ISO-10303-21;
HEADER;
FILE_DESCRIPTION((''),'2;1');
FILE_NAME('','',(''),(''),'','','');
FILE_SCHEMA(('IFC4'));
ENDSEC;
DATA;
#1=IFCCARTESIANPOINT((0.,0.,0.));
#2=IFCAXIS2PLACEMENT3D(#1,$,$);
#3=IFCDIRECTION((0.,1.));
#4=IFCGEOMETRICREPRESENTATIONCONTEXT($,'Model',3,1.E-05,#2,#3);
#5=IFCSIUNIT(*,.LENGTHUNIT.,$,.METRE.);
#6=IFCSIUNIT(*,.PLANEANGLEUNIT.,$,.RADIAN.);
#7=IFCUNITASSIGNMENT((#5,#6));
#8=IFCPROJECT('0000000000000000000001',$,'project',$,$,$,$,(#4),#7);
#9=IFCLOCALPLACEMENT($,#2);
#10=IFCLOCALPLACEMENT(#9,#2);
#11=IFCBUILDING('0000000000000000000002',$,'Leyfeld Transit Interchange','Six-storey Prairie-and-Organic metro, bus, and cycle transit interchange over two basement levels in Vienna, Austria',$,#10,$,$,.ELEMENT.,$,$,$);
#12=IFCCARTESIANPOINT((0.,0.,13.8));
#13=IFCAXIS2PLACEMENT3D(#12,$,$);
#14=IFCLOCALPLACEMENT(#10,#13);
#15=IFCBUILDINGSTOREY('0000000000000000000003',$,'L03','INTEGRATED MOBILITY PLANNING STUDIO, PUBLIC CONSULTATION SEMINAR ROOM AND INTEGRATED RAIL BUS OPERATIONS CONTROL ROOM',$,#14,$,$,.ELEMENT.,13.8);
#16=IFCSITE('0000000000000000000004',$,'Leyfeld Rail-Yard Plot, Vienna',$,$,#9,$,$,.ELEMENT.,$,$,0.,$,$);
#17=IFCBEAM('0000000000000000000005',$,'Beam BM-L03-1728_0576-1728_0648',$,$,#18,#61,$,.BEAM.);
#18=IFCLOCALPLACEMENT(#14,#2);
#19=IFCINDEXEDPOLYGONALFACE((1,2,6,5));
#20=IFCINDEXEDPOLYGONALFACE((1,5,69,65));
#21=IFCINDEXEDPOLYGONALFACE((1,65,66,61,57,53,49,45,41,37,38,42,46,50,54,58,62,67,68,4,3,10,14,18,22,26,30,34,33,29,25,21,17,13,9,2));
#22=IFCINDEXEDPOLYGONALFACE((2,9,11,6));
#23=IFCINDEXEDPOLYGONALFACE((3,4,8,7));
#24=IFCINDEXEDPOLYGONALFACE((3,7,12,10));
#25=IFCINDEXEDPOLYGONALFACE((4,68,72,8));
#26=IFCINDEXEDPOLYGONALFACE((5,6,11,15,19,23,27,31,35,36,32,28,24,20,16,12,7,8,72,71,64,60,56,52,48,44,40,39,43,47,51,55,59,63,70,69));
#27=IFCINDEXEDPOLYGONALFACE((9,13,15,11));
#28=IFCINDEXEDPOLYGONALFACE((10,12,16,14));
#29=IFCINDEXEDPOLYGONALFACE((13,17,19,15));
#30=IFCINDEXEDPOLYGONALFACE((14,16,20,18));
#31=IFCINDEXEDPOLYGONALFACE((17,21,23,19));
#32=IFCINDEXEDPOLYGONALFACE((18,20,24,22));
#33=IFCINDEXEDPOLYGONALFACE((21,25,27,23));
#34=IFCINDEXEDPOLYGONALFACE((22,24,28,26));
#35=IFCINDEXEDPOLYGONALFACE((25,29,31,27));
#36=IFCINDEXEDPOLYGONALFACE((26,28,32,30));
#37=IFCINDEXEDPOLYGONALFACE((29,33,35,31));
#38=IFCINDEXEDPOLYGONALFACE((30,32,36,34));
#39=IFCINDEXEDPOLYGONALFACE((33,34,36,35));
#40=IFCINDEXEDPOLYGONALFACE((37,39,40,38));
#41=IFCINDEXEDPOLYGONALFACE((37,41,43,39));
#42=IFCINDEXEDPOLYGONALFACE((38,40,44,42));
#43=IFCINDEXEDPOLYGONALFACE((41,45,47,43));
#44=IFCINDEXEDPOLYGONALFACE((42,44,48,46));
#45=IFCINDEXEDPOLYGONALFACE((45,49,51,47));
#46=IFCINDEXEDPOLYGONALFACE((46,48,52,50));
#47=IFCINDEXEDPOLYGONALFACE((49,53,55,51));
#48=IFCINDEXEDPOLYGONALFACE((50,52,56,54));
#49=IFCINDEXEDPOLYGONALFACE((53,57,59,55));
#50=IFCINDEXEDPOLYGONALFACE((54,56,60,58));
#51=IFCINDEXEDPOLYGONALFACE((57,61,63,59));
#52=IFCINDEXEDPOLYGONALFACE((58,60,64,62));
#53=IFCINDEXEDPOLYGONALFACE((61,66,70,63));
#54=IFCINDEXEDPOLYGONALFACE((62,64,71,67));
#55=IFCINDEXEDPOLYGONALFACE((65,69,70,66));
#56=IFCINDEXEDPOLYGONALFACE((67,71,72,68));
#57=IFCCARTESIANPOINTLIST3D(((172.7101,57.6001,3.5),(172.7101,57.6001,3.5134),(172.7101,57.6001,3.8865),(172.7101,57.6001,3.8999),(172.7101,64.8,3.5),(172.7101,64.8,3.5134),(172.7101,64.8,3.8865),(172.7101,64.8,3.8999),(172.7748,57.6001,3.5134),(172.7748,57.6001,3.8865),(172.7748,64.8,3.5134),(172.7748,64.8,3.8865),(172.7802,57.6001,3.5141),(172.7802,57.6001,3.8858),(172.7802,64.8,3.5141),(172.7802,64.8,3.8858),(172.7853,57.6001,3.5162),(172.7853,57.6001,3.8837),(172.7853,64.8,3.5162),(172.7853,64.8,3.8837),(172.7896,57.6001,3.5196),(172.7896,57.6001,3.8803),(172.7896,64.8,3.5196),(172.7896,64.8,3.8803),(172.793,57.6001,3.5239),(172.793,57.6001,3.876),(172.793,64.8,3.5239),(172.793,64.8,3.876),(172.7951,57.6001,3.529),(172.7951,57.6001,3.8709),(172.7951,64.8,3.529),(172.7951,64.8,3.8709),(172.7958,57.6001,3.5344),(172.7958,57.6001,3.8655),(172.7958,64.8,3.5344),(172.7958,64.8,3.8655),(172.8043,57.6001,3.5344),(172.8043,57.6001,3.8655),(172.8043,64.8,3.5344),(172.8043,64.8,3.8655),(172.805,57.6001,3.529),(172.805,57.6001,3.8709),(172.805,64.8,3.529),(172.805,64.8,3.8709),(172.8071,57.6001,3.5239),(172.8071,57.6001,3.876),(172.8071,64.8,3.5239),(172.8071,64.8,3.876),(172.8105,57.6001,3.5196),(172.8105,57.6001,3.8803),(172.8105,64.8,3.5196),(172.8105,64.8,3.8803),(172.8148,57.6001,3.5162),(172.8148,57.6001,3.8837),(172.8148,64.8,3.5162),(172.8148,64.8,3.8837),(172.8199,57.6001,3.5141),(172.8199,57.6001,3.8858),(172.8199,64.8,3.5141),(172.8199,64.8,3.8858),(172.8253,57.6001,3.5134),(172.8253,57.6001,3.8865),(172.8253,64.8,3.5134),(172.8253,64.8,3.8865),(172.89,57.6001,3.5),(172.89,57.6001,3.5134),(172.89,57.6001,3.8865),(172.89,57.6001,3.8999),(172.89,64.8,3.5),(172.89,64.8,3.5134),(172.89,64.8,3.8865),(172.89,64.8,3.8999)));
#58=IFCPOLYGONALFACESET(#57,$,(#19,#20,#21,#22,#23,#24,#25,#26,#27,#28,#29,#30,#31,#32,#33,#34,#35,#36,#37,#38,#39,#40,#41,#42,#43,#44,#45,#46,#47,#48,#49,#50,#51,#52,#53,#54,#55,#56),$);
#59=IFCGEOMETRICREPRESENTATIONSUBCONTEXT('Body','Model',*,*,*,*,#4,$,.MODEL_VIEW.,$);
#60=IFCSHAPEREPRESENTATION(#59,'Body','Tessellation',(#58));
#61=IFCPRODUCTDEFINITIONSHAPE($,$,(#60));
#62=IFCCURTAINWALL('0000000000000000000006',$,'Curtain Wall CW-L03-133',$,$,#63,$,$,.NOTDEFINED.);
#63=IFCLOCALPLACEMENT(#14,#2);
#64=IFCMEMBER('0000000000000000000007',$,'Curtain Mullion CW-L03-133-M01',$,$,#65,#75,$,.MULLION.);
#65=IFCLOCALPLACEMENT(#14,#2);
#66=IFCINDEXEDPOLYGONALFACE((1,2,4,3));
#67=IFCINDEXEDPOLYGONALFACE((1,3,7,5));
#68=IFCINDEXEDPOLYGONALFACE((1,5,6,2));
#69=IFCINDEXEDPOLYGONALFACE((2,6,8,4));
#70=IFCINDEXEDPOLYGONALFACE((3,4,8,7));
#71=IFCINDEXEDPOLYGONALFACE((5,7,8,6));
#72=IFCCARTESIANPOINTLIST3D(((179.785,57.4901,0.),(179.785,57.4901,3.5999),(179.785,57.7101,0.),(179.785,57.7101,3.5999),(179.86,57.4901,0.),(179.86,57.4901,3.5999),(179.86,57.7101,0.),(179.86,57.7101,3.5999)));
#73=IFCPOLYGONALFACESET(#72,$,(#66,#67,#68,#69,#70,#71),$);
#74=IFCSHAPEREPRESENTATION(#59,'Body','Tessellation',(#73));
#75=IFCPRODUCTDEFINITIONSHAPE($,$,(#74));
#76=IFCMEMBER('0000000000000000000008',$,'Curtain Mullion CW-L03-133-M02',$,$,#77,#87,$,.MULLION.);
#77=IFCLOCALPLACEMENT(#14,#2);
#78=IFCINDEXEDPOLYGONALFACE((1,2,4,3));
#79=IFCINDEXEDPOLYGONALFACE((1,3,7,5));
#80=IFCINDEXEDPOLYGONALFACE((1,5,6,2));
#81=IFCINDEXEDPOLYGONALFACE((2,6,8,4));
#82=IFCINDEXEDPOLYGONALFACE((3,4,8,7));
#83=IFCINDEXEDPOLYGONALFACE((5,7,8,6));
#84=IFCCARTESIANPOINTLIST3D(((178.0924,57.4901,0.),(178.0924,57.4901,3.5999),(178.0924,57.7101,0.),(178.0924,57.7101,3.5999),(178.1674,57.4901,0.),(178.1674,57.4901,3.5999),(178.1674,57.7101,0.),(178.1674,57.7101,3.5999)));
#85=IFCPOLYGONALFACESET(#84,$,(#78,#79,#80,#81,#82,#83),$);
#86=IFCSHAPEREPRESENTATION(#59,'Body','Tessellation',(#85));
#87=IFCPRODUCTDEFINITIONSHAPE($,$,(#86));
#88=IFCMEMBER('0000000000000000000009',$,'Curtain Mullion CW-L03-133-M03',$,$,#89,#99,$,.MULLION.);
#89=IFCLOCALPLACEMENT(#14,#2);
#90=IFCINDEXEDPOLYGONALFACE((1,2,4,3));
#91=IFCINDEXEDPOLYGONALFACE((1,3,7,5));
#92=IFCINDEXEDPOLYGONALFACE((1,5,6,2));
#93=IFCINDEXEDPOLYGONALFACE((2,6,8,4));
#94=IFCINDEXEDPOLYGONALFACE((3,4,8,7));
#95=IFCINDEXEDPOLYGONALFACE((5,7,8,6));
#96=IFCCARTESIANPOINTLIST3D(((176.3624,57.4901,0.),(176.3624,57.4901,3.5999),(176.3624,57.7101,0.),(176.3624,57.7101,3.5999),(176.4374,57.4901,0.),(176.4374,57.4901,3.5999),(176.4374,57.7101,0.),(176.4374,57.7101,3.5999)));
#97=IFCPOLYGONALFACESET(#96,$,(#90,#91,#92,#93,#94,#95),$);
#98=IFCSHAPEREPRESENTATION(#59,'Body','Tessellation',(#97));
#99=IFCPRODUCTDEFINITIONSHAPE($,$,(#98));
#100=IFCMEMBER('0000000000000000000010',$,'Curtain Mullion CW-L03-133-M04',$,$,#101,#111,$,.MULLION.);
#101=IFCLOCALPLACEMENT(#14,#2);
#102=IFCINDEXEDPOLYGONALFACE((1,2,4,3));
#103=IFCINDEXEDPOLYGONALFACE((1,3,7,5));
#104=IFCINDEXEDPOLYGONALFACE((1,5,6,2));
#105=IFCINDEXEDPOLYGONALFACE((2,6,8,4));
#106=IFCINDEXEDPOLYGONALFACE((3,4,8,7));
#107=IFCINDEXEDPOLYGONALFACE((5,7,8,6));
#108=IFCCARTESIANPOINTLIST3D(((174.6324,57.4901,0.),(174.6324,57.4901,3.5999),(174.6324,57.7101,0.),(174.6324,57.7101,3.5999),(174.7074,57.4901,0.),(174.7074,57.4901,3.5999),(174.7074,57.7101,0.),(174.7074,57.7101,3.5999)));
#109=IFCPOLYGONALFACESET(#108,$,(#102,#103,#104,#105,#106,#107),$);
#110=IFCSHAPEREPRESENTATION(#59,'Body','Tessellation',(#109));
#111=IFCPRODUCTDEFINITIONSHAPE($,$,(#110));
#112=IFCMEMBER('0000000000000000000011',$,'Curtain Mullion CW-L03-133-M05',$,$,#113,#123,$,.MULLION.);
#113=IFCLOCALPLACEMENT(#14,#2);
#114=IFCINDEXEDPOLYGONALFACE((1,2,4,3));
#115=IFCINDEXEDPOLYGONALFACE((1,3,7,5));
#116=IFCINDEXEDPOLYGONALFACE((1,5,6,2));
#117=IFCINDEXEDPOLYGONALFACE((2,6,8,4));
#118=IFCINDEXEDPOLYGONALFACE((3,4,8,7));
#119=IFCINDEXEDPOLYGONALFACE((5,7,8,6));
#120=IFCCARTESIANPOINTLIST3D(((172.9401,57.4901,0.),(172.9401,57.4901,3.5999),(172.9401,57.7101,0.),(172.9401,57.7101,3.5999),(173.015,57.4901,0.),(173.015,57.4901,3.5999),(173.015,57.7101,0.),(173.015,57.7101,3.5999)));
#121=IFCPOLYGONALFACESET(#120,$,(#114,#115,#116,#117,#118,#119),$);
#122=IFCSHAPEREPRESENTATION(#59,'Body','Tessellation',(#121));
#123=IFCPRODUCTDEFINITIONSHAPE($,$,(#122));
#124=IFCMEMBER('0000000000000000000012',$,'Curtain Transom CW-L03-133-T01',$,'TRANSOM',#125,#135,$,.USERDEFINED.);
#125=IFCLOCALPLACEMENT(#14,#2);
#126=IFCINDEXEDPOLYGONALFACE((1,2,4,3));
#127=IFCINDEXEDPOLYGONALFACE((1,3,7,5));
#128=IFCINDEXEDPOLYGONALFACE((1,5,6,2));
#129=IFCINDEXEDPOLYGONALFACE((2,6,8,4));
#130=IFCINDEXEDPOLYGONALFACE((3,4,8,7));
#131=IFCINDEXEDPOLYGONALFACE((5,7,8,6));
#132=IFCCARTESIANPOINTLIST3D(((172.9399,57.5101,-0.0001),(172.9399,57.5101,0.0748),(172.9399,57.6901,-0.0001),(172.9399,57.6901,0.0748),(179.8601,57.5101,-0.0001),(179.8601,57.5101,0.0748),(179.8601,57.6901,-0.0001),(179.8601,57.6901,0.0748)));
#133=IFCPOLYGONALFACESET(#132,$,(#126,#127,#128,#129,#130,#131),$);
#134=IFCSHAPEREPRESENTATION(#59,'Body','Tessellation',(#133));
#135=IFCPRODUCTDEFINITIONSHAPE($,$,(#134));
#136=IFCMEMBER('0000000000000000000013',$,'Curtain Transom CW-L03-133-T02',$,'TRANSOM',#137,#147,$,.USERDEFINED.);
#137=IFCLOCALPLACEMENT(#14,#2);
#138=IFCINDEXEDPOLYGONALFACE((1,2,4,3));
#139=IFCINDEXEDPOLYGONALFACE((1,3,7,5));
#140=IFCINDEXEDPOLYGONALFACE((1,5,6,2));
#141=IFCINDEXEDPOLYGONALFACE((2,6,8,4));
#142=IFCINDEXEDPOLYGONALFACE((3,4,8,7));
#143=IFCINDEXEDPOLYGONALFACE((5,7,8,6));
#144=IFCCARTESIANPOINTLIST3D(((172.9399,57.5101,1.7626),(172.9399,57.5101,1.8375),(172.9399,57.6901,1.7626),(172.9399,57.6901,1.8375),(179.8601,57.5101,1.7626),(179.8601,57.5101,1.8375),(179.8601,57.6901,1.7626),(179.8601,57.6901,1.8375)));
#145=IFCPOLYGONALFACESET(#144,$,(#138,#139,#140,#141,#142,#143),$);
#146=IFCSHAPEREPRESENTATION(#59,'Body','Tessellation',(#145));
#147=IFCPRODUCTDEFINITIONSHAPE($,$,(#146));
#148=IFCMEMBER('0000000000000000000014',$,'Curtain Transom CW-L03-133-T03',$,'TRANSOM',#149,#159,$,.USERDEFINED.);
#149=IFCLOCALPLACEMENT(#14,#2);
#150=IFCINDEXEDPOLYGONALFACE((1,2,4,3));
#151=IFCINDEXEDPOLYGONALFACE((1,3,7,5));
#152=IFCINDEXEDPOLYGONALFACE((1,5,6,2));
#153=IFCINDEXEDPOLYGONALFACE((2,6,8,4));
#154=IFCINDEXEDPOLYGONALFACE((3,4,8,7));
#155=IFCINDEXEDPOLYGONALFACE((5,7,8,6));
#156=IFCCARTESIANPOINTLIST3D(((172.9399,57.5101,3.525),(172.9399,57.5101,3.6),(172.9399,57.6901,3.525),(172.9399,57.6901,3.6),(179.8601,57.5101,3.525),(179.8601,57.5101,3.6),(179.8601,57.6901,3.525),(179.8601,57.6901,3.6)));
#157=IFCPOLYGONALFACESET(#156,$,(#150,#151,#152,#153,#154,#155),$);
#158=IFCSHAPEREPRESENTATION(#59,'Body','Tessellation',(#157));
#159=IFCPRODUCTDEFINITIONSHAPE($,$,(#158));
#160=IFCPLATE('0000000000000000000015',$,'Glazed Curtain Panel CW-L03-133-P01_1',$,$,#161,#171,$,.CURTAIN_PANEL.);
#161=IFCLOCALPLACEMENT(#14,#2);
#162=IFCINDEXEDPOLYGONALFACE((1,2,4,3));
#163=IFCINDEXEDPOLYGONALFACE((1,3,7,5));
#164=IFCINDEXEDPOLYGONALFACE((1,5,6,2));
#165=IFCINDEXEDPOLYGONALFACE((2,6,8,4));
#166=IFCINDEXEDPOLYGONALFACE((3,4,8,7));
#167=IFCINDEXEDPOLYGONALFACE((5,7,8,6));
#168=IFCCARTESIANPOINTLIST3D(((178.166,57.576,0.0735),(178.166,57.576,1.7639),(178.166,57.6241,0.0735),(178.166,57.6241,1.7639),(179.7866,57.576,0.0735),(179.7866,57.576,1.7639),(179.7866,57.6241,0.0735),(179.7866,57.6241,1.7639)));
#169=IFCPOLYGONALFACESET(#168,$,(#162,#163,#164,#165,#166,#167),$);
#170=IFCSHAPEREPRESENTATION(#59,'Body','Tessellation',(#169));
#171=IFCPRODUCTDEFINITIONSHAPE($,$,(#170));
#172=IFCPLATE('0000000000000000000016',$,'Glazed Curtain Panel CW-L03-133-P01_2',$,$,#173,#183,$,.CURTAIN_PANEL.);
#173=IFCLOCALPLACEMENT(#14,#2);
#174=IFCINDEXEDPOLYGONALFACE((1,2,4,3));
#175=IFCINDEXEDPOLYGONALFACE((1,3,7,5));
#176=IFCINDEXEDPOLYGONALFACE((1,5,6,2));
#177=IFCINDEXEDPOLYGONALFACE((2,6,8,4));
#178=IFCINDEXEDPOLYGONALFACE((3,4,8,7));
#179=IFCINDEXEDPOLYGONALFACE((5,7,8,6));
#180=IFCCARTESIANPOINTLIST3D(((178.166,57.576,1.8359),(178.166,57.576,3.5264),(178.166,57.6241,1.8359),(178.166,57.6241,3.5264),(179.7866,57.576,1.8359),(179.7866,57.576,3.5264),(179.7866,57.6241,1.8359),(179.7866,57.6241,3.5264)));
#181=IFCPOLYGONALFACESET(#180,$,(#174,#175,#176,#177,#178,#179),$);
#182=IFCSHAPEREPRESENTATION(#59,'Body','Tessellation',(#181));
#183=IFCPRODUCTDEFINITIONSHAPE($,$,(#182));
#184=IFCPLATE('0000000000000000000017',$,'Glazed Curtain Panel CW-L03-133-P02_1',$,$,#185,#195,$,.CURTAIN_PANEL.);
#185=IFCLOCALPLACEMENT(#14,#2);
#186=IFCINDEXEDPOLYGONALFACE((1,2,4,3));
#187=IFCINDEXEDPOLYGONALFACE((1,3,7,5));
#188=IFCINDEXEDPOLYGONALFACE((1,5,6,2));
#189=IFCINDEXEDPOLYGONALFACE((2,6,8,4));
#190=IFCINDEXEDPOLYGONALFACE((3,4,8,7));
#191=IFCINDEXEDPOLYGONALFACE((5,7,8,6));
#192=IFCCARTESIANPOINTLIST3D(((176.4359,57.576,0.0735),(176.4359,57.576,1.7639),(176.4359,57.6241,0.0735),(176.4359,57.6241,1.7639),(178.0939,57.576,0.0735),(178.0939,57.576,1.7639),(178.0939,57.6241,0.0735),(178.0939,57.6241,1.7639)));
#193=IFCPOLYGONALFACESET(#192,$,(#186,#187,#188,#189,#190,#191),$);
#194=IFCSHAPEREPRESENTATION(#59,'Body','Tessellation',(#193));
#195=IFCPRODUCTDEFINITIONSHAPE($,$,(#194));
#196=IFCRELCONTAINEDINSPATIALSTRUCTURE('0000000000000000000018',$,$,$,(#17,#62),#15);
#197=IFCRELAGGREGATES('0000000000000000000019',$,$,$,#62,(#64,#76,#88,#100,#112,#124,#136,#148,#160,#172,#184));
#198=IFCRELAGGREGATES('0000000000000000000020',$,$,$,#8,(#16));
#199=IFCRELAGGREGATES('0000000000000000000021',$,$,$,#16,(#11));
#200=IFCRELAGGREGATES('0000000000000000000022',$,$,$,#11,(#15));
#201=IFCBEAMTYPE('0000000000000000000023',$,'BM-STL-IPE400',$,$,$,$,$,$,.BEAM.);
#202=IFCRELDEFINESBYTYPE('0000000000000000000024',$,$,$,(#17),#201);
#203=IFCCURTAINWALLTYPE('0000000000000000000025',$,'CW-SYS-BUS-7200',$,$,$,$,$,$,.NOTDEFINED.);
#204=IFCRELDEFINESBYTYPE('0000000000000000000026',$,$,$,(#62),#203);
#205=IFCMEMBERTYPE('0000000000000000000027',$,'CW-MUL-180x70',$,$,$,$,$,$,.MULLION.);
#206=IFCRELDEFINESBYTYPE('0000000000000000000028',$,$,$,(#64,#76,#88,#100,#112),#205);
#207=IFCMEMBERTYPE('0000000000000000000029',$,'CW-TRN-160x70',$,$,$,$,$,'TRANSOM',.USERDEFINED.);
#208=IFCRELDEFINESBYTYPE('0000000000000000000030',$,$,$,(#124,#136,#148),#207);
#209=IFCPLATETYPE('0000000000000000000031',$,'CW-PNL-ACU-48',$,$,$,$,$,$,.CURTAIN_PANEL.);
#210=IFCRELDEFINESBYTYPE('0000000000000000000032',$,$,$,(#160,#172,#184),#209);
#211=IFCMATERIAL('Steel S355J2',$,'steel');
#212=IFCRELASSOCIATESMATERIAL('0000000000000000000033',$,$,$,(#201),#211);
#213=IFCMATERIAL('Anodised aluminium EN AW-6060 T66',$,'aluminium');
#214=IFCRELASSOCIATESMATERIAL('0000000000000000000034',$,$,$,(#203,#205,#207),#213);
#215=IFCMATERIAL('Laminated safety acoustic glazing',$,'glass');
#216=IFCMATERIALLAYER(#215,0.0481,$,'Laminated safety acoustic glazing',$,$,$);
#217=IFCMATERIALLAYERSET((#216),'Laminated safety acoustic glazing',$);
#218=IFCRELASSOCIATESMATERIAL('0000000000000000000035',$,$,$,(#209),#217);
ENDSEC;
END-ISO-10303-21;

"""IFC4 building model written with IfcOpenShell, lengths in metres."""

from ifc_helpers import new_model, si_unit, direction, frame, origin, origin_2d, place, context, subcontext, project, spatial, rectangle, i_section, extrude, material, layer, layer_set, material_profile, profile_set, type_object, element, aggregate, save


model = new_model("IFC4")

# Units and contexts
model_context = context("Model", 3, precision=1e-05, world=origin(), true_north=direction((0.0, 1.0)))
body_context = subcontext(model_context, "Body", "Model", "MODEL_VIEW")
ifc_project = project(units=[si_unit("LENGTHUNIT", "METRE"), si_unit("PLANEANGLEUNIT", "RADIAN")], contexts=[model_context])

# Site, building, storey
site_placement = place(None, origin())
site = spatial("IfcSite", under=ifc_project, at=site_placement, Name="Leyfeld Rail-Yard Plot, Vienna", CompositionType="ELEMENT", RefElevation=0.0)
building_placement = place(site_placement, origin())
building = spatial("IfcBuilding", under=site, at=building_placement, Name="Leyfeld Transit Interchange", Description="Six-storey Prairie-and-Organic metro, bus, and cycle transit interchange over two basement levels in Vienna, Austria", CompositionType="ELEMENT")
storey_placement = place(building_placement, frame((0.0, 0.0, 13.8)))
storey = spatial("IfcBuildingStorey", under=building, at=storey_placement, Name="L03", Description="INTEGRATED MOBILITY PLANNING STUDIO, PUBLIC CONSULTATION SEMINAR ROOM AND INTEGRATED RAIL BUS OPERATIONS CONTROL ROOM", CompositionType="ELEMENT", Elevation=13.8)

# Shared definitions
ifc_material_1 = material(Name="Steel S355J2", Category="steel")

# Beam
ifc_material_profile_1 = material_profile(ifc_material_1, i_section(OverallWidth=0.1799, OverallDepth=0.3999, WebThickness=0.0085, FlangeThickness=0.0134, FilletRadius=0.021, at=origin_2d()), Name="IPE 400")
ifc_profile_set_1 = profile_set([ifc_material_profile_1], Name="Steel S355J2")
beam_type_1 = type_object("IfcBeamType", Name="BM-STL-IPE400", PredefinedType="BEAM", material=ifc_profile_set_1)
beam_1_placement = place(storey_placement, frame((172.8, 57.6001, 3.7), z_axis=(0.0, 1.0, 0.0), x_axis=(-1.0, 0.0, 0.0)))
element("IfcBeam", 1, at=beam_1_placement, inside=storey, type_object=beam_type_1, Name="Beam BM-L03-1728_0576-1728_0648", PredefinedType="BEAM", context=body_context, shape_type="SweptSolid", body=[
    extrude(i_section(OverallWidth=0.1799, OverallDepth=0.3999, WebThickness=0.0085, FlangeThickness=0.0134, FilletRadius=0.021, at=origin_2d()), origin(), (0.0, 0.0, 1.0), 7.2),
])

# Curtain wall, members, plates
ifc_material_2 = material(Name="Anodised aluminium EN AW-6060 T66", Category="aluminium")
curtain_wall_type = type_object("IfcCurtainWallType", Name="CW-SYS-BUS-7200", PredefinedType="NOTDEFINED", material=ifc_material_2)
curtain_wall_placement = place(storey_placement, origin())
curtain_wall = element("IfcCurtainWall", 2, at=curtain_wall_placement, inside=storey, type_object=curtain_wall_type, Name="Curtain Wall CW-L03-133", PredefinedType="NOTDEFINED")
ifc_material_profile_2 = material_profile(ifc_material_2, rectangle(XDim=0.075, YDim=0.22, at=origin_2d()), Name="CW-M 75x220")
ifc_profile_set_2 = profile_set([ifc_material_profile_2], Name="Anodised aluminium EN AW-6060 T66")
member_type_1 = type_object("IfcMemberType", Name="CW-MUL-180x70", PredefinedType="MULLION", material=ifc_profile_set_2)
member_1_placement = place(storey_placement, frame((179.8225, 57.6001, 0.0), z_axis=(0.0, 0.0, 1.0), x_axis=(-1.0, 0.0, 0.0)))
member_1 = element("IfcMember", 3, at=member_1_placement, type_object=member_type_1, Name="Curtain Mullion CW-L03-133-M01", PredefinedType="MULLION", context=body_context, shape_type="SweptSolid", body=[
    extrude(rectangle(XDim=0.075, YDim=0.22, at=origin_2d()), origin(), (0.0, 0.0, 1.0), 3.5999),
])
member_2_placement = place(storey_placement, frame((178.1299, 57.6001, 0.0), z_axis=(0.0, 0.0, 1.0), x_axis=(-1.0, 0.0, 0.0)))
member_2 = element("IfcMember", 4, at=member_2_placement, type_object=member_type_1, Name="Curtain Mullion CW-L03-133-M02", PredefinedType="MULLION", context=body_context, shape_type="SweptSolid", body=[
    extrude(rectangle(XDim=0.075, YDim=0.22, at=origin_2d()), origin(), (0.0, 0.0, 1.0), 3.5999),
])
member_3_placement = place(storey_placement, frame((176.3999, 57.6001, 0.0), z_axis=(0.0, 0.0, 1.0), x_axis=(-1.0, 0.0, 0.0)))
member_3 = element("IfcMember", 5, at=member_3_placement, type_object=member_type_1, Name="Curtain Mullion CW-L03-133-M03", PredefinedType="MULLION", context=body_context, shape_type="SweptSolid", body=[
    extrude(rectangle(XDim=0.075, YDim=0.22, at=origin_2d()), origin(), (0.0, 0.0, 1.0), 3.5999),
])
member_4_placement = place(storey_placement, frame((174.6699, 57.6001, 0.0), z_axis=(0.0, 0.0, 1.0), x_axis=(-1.0, 0.0, 0.0)))
member_4 = element("IfcMember", 6, at=member_4_placement, type_object=member_type_1, Name="Curtain Mullion CW-L03-133-M04", PredefinedType="MULLION", context=body_context, shape_type="SweptSolid", body=[
    extrude(rectangle(XDim=0.075, YDim=0.22, at=origin_2d()), origin(), (0.0, 0.0, 1.0), 3.5999),
])
member_5_placement = place(storey_placement, frame((172.9775, 57.6001, 0.0), z_axis=(0.0, 0.0, 1.0), x_axis=(-1.0, 0.0, 0.0)))
member_5 = element("IfcMember", 7, at=member_5_placement, type_object=member_type_1, Name="Curtain Mullion CW-L03-133-M05", PredefinedType="MULLION", context=body_context, shape_type="SweptSolid", body=[
    extrude(rectangle(XDim=0.075, YDim=0.22, at=origin_2d()), origin(), (0.0, 0.0, 1.0), 3.5999),
])
ifc_material_profile_3 = material_profile(ifc_material_2, rectangle(XDim=0.1799, YDim=0.075, at=origin_2d()), Name="CW-TRN-160x70")
ifc_profile_set_3 = profile_set([ifc_material_profile_3], Name="Anodised aluminium EN AW-6060 T66")
member_type_2 = type_object("IfcMemberType", Name="CW-TRN-160x70", ElementType="TRANSOM", PredefinedType="USERDEFINED", material=ifc_profile_set_3)
member_6_placement = place(storey_placement, frame((179.8601, 57.6001, 0.0374), z_axis=(-1.0, 0.0, 0.0), x_axis=(0.0, -1.0, 0.0)))
member_6 = element("IfcMember", 8, at=member_6_placement, type_object=member_type_2, Name="Curtain Transom CW-L03-133-T01", ObjectType="TRANSOM", PredefinedType="USERDEFINED", context=body_context, shape_type="SweptSolid", body=[
    extrude(rectangle(XDim=0.1799, YDim=0.075, at=origin_2d()), origin(), (0.0, 0.0, 1.0), 6.9202),
])
member_7_placement = place(storey_placement, frame((179.8601, 57.6001, 1.8), z_axis=(-1.0, 0.0, 0.0), x_axis=(0.0, -1.0, 0.0)))
member_7 = element("IfcMember", 9, at=member_7_placement, type_object=member_type_2, Name="Curtain Transom CW-L03-133-T02", ObjectType="TRANSOM", PredefinedType="USERDEFINED", context=body_context, shape_type="SweptSolid", body=[
    extrude(rectangle(XDim=0.1799, YDim=0.075, at=origin_2d()), origin(), (0.0, 0.0, 1.0), 6.9202),
])
member_8_placement = place(storey_placement, frame((179.8601, 57.6001, 3.5625), z_axis=(-1.0, 0.0, 0.0), x_axis=(0.0, -1.0, 0.0)))
member_8 = element("IfcMember", 10, at=member_8_placement, type_object=member_type_2, Name="Curtain Transom CW-L03-133-T03", ObjectType="TRANSOM", PredefinedType="USERDEFINED", context=body_context, shape_type="SweptSolid", body=[
    extrude(rectangle(XDim=0.1799, YDim=0.075, at=origin_2d()), origin(), (0.0, 0.0, 1.0), 6.9202),
])
ifc_material_3 = material(Name="Laminated safety acoustic glazing", Category="glass")
ifc_layer_1 = layer(ifc_material_3, 0.0481, Name="Laminated safety acoustic glazing")
ifc_layer_set_1 = layer_set([ifc_layer_1], Name="Laminated safety acoustic glazing")
plate_type_1 = type_object("IfcPlateType", Name="CW-PNL-ACU-48", PredefinedType="CURTAIN_PANEL", material=ifc_layer_set_1)
plate_1_placement = place(storey_placement, frame((178.9763, 57.6001, 0.0735), z_axis=(0.0, 0.0, 1.0), x_axis=(-1.0, 0.0, 0.0)))
plate_1 = element("IfcPlate", 11, at=plate_1_placement, type_object=plate_type_1, Name="Glazed Curtain Panel CW-L03-133-P01_1", PredefinedType="CURTAIN_PANEL", context=body_context, shape_type="SweptSolid", body=[
    extrude(rectangle(XDim=1.6206, YDim=0.0481, at=origin_2d()), origin(), (0.0, 0.0, 1.0), 1.6904),
])
plate_2_placement = place(storey_placement, frame((178.9763, 57.6001, 1.8359), z_axis=(0.0, 0.0, 1.0), x_axis=(-1.0, 0.0, 0.0)))
plate_2 = element("IfcPlate", 12, at=plate_2_placement, type_object=plate_type_1, Name="Glazed Curtain Panel CW-L03-133-P01_2", PredefinedType="CURTAIN_PANEL", context=body_context, shape_type="SweptSolid", body=[
    extrude(rectangle(XDim=1.6206, YDim=0.0481, at=origin_2d()), origin(), (0.0, 0.0, 1.0), 1.6904),
])
plate_3_placement = place(storey_placement, frame((177.2649, 57.6001, 0.0735), z_axis=(0.0, 0.0, 1.0), x_axis=(-1.0, 0.0, 0.0)))
plate_3 = element("IfcPlate", 13, at=plate_3_placement, type_object=plate_type_1, Name="Glazed Curtain Panel CW-L03-133-P02_1", PredefinedType="CURTAIN_PANEL", context=body_context, shape_type="SweptSolid", body=[
    extrude(rectangle(XDim=1.658, YDim=0.0481, at=origin_2d()), origin(), (0.0, 0.0, 1.0), 1.6904),
])
aggregate(curtain_wall, [member_1, member_2, member_3, member_4, member_5, member_6, member_7, member_8, plate_1, plate_2, plate_3])

save(model, "model.ifc")
